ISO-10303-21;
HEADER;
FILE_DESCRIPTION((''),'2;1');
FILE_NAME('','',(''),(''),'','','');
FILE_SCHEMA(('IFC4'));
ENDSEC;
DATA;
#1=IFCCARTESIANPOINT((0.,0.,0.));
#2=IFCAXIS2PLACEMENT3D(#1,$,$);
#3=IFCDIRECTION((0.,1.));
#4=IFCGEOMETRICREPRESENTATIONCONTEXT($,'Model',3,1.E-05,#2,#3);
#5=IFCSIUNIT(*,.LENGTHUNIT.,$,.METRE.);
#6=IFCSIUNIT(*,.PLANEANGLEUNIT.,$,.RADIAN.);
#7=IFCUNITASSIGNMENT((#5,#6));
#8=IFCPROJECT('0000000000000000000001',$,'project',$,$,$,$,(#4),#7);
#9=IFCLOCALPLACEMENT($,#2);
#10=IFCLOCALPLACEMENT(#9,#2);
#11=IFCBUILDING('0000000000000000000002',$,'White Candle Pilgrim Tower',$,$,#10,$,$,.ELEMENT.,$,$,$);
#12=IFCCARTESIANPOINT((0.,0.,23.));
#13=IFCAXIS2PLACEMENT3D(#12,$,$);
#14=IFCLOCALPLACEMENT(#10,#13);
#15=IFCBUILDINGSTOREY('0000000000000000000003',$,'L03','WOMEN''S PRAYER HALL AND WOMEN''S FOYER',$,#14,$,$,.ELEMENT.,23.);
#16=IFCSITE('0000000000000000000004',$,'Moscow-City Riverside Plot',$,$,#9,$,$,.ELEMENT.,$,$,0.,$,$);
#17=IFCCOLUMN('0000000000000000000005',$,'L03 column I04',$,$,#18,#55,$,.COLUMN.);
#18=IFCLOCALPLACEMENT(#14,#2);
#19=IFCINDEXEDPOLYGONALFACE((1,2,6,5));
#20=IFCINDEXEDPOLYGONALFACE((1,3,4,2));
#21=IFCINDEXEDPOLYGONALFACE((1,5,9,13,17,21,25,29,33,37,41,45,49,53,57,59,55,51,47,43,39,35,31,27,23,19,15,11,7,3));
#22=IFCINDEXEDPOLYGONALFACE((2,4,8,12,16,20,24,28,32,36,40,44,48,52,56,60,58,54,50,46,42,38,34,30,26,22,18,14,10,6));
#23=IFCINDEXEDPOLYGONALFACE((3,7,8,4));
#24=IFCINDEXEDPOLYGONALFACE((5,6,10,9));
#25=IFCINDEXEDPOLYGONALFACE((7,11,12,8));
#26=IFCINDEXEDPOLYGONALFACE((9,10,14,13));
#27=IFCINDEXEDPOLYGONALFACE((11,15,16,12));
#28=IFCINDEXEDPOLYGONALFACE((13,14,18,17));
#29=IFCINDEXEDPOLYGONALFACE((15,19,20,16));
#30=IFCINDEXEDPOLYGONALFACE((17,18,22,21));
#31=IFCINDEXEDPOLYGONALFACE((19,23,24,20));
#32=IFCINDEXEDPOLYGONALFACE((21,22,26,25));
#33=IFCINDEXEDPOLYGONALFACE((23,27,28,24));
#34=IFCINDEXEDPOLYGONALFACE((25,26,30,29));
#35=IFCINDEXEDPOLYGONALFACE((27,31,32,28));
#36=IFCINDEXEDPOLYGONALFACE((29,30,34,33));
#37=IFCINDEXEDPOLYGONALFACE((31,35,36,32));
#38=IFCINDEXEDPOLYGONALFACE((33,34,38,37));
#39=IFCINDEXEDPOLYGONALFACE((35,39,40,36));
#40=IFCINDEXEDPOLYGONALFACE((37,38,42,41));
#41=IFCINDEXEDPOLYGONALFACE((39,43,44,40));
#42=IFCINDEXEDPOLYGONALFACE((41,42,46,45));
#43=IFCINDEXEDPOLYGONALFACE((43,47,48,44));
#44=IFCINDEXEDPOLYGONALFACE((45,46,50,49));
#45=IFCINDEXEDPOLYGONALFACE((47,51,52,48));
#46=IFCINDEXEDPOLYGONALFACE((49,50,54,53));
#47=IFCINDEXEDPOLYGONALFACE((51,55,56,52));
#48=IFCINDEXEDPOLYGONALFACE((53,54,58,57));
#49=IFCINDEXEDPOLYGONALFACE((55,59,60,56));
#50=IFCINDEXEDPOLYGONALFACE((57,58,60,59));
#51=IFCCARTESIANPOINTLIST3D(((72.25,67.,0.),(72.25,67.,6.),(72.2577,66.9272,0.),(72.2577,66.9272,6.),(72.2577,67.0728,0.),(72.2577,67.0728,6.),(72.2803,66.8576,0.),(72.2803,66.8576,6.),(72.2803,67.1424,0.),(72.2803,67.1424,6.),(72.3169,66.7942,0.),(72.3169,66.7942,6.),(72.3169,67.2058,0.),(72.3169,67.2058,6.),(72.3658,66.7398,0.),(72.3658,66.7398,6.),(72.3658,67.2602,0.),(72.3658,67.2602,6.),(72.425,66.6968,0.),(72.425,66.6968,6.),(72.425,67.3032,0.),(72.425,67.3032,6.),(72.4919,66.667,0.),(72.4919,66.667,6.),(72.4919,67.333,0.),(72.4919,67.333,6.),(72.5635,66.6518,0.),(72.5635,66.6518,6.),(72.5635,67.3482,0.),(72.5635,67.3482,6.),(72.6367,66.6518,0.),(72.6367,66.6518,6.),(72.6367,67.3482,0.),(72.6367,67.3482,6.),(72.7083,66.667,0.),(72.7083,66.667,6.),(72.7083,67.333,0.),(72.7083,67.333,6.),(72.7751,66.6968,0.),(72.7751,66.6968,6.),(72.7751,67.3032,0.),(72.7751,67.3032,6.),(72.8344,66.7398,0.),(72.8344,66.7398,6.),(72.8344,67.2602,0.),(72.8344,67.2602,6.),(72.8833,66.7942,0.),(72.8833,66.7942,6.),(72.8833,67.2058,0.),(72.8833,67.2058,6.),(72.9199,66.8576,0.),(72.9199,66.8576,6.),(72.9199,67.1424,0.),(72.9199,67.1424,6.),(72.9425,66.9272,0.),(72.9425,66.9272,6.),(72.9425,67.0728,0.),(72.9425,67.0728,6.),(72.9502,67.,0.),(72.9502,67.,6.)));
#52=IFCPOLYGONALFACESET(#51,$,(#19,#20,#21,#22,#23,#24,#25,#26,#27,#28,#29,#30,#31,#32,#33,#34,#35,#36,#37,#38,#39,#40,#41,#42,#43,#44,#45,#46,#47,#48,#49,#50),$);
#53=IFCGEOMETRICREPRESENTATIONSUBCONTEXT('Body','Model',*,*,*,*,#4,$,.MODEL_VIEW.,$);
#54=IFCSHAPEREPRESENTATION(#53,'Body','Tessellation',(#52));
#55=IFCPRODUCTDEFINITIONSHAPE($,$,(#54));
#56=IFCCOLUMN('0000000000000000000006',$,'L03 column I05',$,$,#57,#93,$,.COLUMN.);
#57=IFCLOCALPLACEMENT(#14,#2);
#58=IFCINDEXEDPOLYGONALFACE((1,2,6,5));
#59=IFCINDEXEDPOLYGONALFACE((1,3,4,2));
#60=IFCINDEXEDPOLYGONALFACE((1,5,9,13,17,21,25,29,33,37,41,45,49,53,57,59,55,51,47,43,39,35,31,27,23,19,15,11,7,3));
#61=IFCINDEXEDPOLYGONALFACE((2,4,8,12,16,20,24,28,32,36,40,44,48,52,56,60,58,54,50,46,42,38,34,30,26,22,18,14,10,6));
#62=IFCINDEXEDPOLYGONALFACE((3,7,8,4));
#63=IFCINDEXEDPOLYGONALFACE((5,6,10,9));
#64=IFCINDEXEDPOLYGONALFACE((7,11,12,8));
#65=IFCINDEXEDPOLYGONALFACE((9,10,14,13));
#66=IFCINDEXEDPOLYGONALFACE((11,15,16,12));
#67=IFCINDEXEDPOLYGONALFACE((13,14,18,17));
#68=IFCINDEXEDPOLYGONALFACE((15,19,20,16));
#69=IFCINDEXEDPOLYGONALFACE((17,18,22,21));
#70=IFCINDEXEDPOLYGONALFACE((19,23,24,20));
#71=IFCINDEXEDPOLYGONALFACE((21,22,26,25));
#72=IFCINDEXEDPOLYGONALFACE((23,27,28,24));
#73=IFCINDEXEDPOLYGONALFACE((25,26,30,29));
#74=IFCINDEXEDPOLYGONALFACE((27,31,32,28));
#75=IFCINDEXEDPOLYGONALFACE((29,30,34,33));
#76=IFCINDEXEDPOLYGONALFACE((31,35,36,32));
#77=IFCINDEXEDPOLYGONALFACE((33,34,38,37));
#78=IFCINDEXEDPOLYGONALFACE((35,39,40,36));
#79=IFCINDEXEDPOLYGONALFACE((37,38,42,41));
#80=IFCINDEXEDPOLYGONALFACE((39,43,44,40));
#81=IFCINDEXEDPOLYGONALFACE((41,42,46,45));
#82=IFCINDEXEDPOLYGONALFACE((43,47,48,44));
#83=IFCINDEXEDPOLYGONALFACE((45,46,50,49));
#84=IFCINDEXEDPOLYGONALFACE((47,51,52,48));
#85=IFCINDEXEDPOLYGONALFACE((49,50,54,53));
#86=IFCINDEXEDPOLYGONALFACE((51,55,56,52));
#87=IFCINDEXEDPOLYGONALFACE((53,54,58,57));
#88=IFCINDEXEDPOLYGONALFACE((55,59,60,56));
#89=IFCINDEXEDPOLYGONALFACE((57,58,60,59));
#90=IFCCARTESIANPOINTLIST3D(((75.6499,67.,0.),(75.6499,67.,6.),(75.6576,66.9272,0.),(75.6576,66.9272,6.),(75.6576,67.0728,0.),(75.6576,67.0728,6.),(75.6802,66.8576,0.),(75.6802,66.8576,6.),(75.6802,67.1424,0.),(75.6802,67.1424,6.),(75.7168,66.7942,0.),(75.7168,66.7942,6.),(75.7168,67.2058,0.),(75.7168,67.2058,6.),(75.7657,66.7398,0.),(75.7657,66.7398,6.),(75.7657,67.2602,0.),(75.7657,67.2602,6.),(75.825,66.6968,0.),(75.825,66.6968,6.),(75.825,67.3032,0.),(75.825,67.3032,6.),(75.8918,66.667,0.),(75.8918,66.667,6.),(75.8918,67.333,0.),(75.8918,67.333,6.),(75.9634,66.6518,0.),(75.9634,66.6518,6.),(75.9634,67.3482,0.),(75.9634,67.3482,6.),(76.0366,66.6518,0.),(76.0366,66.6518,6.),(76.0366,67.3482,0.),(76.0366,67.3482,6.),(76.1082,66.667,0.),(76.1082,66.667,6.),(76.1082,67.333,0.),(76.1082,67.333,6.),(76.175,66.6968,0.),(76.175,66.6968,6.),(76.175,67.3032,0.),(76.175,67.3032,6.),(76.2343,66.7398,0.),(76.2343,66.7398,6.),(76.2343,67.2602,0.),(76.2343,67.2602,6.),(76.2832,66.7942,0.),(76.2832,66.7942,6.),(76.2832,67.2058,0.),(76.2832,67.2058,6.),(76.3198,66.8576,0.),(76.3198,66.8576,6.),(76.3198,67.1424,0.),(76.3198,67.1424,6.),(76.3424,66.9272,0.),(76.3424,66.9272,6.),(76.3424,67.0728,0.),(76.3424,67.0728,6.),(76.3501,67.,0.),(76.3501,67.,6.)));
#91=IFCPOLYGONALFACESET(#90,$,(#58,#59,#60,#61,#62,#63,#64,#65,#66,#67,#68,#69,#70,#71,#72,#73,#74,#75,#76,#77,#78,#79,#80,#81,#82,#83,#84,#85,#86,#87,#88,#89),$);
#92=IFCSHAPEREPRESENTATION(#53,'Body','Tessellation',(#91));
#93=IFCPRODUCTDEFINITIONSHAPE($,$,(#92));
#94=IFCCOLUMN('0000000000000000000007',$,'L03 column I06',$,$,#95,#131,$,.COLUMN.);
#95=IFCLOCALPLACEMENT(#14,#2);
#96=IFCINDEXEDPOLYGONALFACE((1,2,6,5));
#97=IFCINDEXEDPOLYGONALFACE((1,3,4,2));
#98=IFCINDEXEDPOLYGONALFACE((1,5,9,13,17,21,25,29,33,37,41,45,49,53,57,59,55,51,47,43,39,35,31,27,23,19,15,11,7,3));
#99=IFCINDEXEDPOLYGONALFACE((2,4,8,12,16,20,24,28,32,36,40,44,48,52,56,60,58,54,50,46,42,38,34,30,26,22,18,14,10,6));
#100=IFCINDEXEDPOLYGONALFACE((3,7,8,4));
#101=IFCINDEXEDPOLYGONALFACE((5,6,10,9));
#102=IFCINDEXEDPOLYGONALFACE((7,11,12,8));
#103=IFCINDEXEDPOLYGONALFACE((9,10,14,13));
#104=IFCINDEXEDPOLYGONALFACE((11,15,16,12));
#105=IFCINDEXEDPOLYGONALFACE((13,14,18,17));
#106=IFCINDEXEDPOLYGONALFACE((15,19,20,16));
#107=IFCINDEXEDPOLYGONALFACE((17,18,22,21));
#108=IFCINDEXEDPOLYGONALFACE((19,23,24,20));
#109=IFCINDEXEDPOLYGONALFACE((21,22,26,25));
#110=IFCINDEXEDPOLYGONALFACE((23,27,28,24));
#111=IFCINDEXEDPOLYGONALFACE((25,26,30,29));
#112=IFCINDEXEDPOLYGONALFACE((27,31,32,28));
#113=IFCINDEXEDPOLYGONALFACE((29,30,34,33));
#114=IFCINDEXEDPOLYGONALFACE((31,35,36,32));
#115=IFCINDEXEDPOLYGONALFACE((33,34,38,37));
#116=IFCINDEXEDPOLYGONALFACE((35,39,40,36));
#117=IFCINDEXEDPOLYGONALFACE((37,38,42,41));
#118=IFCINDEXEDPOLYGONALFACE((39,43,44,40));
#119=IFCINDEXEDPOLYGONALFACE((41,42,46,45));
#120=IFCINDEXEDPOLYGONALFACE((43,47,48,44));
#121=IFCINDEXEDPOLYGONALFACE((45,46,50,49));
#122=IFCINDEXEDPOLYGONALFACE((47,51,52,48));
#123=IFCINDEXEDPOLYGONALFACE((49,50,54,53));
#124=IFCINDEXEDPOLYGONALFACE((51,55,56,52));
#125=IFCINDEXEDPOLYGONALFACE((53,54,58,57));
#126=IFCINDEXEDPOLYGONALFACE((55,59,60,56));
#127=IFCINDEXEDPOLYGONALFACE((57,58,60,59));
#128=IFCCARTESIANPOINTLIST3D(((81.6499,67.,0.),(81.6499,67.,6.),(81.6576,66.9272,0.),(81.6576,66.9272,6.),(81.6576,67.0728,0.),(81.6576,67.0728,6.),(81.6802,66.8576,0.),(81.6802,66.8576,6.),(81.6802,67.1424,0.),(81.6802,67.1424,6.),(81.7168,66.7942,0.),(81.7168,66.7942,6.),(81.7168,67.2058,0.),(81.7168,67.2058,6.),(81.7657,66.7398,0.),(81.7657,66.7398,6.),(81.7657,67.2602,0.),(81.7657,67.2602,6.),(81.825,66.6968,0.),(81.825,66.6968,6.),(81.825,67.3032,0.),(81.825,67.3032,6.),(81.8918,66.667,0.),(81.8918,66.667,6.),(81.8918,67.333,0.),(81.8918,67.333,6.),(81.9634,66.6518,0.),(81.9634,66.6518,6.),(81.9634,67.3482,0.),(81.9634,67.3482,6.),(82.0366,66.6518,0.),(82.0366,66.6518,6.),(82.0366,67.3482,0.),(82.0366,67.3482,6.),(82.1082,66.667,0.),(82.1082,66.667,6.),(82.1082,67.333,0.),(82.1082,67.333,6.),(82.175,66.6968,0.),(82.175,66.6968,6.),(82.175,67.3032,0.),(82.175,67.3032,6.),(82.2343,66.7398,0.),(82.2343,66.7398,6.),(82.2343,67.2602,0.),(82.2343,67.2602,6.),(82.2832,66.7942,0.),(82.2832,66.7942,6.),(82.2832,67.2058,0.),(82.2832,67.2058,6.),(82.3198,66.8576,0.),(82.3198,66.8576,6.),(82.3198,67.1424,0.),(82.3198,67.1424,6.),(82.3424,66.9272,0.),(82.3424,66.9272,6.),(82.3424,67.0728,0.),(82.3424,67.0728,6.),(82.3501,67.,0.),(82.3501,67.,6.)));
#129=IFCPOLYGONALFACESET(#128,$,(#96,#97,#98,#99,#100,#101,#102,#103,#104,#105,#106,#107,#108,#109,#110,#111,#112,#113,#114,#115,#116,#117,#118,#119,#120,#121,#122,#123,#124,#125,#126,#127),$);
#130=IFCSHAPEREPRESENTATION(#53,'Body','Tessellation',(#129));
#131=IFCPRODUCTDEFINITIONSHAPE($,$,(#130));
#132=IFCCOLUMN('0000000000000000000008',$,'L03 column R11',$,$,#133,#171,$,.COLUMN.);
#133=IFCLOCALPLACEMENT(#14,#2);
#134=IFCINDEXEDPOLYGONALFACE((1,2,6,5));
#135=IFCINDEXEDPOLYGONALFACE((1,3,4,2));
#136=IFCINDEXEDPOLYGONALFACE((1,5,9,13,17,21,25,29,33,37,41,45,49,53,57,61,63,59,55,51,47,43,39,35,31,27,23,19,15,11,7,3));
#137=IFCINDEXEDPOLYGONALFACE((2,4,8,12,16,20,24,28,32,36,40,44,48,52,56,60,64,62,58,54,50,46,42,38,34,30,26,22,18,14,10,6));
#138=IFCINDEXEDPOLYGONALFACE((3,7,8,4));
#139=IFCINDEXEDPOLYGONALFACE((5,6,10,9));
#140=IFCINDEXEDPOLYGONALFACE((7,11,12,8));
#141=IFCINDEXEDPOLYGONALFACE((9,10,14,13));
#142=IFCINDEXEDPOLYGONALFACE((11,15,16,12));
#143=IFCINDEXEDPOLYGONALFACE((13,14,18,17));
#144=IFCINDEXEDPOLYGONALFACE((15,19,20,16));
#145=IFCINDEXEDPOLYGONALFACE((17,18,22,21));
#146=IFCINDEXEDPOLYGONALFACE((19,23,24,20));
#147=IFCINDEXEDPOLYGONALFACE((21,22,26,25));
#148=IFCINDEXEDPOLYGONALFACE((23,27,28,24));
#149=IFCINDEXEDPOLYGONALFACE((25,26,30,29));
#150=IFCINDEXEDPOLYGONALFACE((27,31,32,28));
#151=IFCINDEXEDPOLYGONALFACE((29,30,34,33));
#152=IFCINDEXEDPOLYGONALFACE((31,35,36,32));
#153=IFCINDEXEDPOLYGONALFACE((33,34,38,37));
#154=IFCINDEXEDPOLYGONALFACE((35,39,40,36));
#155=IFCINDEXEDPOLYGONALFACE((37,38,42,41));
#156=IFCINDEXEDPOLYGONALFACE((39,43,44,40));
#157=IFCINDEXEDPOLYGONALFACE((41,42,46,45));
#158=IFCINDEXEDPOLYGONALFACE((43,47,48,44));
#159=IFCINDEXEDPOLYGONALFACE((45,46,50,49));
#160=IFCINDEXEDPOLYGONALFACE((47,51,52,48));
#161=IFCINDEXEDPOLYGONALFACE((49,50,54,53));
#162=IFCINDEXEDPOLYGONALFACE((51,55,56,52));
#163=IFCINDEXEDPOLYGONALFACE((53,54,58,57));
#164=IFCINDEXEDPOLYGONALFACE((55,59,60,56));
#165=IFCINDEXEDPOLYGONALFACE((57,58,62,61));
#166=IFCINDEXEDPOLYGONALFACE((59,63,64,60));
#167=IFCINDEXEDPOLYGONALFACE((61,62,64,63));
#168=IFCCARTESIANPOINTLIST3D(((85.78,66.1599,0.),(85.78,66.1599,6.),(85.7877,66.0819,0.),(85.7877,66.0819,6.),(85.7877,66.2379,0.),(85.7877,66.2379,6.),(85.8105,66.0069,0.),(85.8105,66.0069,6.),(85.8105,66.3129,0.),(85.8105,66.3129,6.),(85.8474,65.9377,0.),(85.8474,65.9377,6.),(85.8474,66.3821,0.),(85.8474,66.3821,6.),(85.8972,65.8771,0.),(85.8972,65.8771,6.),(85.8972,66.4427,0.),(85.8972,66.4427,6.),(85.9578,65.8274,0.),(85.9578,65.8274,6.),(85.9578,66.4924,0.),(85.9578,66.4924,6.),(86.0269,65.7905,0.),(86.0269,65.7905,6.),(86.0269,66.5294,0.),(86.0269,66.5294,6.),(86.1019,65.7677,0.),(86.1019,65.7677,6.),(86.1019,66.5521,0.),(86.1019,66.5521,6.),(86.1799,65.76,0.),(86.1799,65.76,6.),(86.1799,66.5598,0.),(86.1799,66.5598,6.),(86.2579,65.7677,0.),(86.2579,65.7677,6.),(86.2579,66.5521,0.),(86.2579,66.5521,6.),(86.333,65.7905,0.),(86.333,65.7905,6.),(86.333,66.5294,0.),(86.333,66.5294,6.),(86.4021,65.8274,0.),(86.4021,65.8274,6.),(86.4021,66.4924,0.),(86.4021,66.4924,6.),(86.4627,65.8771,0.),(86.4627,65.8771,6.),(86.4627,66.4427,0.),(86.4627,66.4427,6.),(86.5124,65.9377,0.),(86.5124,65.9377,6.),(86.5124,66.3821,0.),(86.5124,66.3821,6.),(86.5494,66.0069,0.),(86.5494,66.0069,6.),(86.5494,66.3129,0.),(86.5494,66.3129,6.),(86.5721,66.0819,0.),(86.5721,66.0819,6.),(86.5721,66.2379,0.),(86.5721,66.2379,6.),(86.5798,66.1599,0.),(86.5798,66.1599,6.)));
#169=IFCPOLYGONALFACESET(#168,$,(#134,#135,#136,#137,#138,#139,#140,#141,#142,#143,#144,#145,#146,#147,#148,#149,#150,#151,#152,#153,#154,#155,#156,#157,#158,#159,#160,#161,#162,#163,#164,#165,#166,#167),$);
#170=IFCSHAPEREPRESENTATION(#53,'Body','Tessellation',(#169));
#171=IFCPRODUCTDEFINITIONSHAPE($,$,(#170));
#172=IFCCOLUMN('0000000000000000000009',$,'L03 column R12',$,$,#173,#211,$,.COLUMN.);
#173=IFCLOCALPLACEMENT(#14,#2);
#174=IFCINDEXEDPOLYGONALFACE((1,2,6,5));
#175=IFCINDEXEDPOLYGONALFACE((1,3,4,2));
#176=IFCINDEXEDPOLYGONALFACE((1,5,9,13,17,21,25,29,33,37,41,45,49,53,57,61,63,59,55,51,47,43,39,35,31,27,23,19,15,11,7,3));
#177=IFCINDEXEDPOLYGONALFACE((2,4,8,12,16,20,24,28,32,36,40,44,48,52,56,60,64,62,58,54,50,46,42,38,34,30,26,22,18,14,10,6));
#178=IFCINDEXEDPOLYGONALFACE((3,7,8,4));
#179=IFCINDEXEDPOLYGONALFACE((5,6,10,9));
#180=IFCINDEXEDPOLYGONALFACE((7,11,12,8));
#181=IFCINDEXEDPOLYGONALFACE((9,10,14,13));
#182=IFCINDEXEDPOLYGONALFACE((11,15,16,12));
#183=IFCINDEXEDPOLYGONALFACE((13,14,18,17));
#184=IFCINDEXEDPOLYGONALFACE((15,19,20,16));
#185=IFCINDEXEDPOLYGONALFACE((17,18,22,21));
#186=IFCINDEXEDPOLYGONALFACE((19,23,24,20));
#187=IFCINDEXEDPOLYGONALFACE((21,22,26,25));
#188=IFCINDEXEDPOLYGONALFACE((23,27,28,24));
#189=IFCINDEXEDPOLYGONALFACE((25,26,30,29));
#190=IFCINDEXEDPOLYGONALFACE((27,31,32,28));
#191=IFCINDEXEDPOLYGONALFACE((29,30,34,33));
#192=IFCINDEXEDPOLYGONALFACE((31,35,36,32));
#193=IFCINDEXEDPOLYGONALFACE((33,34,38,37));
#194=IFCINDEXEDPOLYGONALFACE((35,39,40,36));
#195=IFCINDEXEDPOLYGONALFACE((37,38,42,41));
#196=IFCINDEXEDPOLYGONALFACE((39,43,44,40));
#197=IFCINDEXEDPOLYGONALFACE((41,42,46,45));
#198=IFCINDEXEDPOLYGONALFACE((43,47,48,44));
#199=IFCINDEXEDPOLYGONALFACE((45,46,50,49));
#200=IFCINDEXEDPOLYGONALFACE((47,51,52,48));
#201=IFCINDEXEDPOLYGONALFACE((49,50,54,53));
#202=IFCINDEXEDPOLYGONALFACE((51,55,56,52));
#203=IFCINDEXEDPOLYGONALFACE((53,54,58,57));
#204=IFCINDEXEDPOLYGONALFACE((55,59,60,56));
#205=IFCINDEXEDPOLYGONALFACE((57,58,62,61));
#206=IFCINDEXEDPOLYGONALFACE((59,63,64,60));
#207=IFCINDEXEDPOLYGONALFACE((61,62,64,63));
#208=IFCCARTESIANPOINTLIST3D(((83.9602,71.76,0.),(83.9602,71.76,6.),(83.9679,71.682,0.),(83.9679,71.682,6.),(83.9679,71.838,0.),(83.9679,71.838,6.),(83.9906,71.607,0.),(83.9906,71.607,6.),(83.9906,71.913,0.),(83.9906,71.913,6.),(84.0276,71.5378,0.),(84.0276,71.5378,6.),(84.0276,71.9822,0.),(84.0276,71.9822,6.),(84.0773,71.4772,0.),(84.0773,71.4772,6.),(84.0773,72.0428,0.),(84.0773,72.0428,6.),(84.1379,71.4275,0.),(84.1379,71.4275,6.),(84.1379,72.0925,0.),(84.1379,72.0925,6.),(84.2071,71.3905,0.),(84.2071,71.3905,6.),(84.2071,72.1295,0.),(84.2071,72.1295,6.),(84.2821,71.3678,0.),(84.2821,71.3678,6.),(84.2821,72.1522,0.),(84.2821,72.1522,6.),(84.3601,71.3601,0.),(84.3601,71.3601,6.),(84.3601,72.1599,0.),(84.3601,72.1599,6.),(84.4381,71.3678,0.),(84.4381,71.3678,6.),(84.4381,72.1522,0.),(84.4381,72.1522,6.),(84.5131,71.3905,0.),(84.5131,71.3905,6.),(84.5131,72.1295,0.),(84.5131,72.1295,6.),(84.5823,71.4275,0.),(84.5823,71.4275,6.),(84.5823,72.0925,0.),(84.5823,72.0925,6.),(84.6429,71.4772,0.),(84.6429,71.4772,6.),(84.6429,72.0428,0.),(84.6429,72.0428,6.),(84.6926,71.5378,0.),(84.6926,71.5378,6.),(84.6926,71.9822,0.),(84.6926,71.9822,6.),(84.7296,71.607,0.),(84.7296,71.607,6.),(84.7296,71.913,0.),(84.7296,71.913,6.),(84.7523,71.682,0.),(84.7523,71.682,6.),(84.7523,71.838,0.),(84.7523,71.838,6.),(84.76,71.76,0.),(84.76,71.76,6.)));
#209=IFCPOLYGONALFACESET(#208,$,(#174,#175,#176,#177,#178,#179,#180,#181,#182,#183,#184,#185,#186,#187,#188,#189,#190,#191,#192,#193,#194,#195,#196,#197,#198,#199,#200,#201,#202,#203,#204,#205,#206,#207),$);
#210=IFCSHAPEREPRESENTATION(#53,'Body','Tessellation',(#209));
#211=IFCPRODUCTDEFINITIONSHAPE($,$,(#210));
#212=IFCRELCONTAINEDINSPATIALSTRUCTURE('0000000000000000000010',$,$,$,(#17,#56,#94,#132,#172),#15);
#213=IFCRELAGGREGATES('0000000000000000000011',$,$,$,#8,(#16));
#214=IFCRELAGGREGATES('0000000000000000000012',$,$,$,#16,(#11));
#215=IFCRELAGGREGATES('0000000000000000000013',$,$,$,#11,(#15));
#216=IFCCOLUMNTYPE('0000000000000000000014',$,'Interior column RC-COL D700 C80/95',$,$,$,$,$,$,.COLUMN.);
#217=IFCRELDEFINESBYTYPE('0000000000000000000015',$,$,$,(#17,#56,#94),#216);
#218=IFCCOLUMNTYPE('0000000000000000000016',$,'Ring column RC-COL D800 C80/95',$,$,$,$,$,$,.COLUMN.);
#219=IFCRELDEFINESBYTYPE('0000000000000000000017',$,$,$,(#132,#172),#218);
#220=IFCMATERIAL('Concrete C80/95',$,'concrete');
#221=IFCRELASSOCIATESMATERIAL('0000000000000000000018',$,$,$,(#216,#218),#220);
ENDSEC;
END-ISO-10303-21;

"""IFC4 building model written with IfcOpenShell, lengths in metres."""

from ifc_helpers import new_model, si_unit, direction, frame, origin, origin_2d, place, context, subcontext, project, spatial, circle, extrude, material, material_profile, profile_set, type_object, element, save


model = new_model("IFC4")

# Units and contexts
model_context = context("Model", 3, precision=1e-05, world=origin(), true_north=direction((0.0, 1.0)))
body_context = subcontext(model_context, "Body", "Model", "MODEL_VIEW")
ifc_project = project(units=[si_unit("LENGTHUNIT", "METRE"), si_unit("PLANEANGLEUNIT", "RADIAN")], contexts=[model_context])

# Site, building, storey
site_placement = place(None, origin())
site = spatial("IfcSite", under=ifc_project, at=site_placement, Name="Moscow-City Riverside Plot", CompositionType="ELEMENT", RefElevation=0.0)
building_placement = place(site_placement, origin())
building = spatial("IfcBuilding", under=site, at=building_placement, Name="White Candle Pilgrim Tower", CompositionType="ELEMENT")
storey_placement = place(building_placement, frame((0.0, 0.0, 23.0)))
storey = spatial("IfcBuildingStorey", under=building, at=storey_placement, Name="L03", Description="WOMEN'S PRAYER HALL AND WOMEN'S FOYER", CompositionType="ELEMENT", Elevation=23.0)

# Columns
ifc_material_1 = material(Name="Concrete C80/95", Category="concrete")
ifc_material_profile_1 = material_profile(ifc_material_1, circle(Radius=0.3501, at=origin_2d()), Name="RC-COL D700")
ifc_profile_set_1 = profile_set([ifc_material_profile_1], Name="Concrete C80/95")
column_type_1 = type_object("IfcColumnType", Name="Interior column RC-COL D700 C80/95", PredefinedType="COLUMN", material=ifc_profile_set_1)
for number, where, z_axis, x_axis, name in (
    (1, (72.6001, 67.0, 0.0), (0.0, 0.0, 1.0), (1.0, 0.0, 0.0), "L03 column I04"),
    (2, (76.0, 67.0, 0.0), (0.0, 0.0, 1.0), (1.0, 0.0, 0.0), "L03 column I05"),
    (3, (82.0, 67.0, 0.0), (0.0, 0.0, 1.0), (1.0, 0.0, 0.0), "L03 column I06"),
):
    element("IfcColumn", number, at=place(storey_placement, frame(where, z_axis=z_axis, x_axis=x_axis)), inside=storey, type_object=column_type_1, Name=name, PredefinedType="COLUMN", context=body_context, shape_type="SweptSolid", body=[
        extrude(circle(Radius=0.3501, at=origin_2d()), origin(), (0.0, 0.0, 1.0), 6.0),
    ])
ifc_material_profile_2 = material_profile(ifc_material_1, circle(Radius=0.3999, at=origin_2d()), Name="RC-COL D800")
ifc_profile_set_2 = profile_set([ifc_material_profile_2], Name="Concrete C80/95")
column_type_2 = type_object("IfcColumnType", Name="Ring column RC-COL D800 C80/95", PredefinedType="COLUMN", material=ifc_profile_set_2)
for number, where, z_axis, x_axis, name in (
    (4, (86.1799, 66.1599, 0.0), (0.0, 0.0, 1.0), (1.0, 0.0, 0.0), "L03 column R11"),
    (5, (84.3601, 71.76, 0.0), (0.0, 0.0, 1.0), (1.0, 0.0, 0.0), "L03 column R12"),
):
    element("IfcColumn", number, at=place(storey_placement, frame(where, z_axis=z_axis, x_axis=x_axis)), inside=storey, type_object=column_type_2, Name=name, PredefinedType="COLUMN", context=body_context, shape_type="SweptSolid", body=[
        extrude(circle(Radius=0.3999, at=origin_2d()), origin(), (0.0, 0.0, 1.0), 6.0),
    ])

save(model, "model.ifc")
